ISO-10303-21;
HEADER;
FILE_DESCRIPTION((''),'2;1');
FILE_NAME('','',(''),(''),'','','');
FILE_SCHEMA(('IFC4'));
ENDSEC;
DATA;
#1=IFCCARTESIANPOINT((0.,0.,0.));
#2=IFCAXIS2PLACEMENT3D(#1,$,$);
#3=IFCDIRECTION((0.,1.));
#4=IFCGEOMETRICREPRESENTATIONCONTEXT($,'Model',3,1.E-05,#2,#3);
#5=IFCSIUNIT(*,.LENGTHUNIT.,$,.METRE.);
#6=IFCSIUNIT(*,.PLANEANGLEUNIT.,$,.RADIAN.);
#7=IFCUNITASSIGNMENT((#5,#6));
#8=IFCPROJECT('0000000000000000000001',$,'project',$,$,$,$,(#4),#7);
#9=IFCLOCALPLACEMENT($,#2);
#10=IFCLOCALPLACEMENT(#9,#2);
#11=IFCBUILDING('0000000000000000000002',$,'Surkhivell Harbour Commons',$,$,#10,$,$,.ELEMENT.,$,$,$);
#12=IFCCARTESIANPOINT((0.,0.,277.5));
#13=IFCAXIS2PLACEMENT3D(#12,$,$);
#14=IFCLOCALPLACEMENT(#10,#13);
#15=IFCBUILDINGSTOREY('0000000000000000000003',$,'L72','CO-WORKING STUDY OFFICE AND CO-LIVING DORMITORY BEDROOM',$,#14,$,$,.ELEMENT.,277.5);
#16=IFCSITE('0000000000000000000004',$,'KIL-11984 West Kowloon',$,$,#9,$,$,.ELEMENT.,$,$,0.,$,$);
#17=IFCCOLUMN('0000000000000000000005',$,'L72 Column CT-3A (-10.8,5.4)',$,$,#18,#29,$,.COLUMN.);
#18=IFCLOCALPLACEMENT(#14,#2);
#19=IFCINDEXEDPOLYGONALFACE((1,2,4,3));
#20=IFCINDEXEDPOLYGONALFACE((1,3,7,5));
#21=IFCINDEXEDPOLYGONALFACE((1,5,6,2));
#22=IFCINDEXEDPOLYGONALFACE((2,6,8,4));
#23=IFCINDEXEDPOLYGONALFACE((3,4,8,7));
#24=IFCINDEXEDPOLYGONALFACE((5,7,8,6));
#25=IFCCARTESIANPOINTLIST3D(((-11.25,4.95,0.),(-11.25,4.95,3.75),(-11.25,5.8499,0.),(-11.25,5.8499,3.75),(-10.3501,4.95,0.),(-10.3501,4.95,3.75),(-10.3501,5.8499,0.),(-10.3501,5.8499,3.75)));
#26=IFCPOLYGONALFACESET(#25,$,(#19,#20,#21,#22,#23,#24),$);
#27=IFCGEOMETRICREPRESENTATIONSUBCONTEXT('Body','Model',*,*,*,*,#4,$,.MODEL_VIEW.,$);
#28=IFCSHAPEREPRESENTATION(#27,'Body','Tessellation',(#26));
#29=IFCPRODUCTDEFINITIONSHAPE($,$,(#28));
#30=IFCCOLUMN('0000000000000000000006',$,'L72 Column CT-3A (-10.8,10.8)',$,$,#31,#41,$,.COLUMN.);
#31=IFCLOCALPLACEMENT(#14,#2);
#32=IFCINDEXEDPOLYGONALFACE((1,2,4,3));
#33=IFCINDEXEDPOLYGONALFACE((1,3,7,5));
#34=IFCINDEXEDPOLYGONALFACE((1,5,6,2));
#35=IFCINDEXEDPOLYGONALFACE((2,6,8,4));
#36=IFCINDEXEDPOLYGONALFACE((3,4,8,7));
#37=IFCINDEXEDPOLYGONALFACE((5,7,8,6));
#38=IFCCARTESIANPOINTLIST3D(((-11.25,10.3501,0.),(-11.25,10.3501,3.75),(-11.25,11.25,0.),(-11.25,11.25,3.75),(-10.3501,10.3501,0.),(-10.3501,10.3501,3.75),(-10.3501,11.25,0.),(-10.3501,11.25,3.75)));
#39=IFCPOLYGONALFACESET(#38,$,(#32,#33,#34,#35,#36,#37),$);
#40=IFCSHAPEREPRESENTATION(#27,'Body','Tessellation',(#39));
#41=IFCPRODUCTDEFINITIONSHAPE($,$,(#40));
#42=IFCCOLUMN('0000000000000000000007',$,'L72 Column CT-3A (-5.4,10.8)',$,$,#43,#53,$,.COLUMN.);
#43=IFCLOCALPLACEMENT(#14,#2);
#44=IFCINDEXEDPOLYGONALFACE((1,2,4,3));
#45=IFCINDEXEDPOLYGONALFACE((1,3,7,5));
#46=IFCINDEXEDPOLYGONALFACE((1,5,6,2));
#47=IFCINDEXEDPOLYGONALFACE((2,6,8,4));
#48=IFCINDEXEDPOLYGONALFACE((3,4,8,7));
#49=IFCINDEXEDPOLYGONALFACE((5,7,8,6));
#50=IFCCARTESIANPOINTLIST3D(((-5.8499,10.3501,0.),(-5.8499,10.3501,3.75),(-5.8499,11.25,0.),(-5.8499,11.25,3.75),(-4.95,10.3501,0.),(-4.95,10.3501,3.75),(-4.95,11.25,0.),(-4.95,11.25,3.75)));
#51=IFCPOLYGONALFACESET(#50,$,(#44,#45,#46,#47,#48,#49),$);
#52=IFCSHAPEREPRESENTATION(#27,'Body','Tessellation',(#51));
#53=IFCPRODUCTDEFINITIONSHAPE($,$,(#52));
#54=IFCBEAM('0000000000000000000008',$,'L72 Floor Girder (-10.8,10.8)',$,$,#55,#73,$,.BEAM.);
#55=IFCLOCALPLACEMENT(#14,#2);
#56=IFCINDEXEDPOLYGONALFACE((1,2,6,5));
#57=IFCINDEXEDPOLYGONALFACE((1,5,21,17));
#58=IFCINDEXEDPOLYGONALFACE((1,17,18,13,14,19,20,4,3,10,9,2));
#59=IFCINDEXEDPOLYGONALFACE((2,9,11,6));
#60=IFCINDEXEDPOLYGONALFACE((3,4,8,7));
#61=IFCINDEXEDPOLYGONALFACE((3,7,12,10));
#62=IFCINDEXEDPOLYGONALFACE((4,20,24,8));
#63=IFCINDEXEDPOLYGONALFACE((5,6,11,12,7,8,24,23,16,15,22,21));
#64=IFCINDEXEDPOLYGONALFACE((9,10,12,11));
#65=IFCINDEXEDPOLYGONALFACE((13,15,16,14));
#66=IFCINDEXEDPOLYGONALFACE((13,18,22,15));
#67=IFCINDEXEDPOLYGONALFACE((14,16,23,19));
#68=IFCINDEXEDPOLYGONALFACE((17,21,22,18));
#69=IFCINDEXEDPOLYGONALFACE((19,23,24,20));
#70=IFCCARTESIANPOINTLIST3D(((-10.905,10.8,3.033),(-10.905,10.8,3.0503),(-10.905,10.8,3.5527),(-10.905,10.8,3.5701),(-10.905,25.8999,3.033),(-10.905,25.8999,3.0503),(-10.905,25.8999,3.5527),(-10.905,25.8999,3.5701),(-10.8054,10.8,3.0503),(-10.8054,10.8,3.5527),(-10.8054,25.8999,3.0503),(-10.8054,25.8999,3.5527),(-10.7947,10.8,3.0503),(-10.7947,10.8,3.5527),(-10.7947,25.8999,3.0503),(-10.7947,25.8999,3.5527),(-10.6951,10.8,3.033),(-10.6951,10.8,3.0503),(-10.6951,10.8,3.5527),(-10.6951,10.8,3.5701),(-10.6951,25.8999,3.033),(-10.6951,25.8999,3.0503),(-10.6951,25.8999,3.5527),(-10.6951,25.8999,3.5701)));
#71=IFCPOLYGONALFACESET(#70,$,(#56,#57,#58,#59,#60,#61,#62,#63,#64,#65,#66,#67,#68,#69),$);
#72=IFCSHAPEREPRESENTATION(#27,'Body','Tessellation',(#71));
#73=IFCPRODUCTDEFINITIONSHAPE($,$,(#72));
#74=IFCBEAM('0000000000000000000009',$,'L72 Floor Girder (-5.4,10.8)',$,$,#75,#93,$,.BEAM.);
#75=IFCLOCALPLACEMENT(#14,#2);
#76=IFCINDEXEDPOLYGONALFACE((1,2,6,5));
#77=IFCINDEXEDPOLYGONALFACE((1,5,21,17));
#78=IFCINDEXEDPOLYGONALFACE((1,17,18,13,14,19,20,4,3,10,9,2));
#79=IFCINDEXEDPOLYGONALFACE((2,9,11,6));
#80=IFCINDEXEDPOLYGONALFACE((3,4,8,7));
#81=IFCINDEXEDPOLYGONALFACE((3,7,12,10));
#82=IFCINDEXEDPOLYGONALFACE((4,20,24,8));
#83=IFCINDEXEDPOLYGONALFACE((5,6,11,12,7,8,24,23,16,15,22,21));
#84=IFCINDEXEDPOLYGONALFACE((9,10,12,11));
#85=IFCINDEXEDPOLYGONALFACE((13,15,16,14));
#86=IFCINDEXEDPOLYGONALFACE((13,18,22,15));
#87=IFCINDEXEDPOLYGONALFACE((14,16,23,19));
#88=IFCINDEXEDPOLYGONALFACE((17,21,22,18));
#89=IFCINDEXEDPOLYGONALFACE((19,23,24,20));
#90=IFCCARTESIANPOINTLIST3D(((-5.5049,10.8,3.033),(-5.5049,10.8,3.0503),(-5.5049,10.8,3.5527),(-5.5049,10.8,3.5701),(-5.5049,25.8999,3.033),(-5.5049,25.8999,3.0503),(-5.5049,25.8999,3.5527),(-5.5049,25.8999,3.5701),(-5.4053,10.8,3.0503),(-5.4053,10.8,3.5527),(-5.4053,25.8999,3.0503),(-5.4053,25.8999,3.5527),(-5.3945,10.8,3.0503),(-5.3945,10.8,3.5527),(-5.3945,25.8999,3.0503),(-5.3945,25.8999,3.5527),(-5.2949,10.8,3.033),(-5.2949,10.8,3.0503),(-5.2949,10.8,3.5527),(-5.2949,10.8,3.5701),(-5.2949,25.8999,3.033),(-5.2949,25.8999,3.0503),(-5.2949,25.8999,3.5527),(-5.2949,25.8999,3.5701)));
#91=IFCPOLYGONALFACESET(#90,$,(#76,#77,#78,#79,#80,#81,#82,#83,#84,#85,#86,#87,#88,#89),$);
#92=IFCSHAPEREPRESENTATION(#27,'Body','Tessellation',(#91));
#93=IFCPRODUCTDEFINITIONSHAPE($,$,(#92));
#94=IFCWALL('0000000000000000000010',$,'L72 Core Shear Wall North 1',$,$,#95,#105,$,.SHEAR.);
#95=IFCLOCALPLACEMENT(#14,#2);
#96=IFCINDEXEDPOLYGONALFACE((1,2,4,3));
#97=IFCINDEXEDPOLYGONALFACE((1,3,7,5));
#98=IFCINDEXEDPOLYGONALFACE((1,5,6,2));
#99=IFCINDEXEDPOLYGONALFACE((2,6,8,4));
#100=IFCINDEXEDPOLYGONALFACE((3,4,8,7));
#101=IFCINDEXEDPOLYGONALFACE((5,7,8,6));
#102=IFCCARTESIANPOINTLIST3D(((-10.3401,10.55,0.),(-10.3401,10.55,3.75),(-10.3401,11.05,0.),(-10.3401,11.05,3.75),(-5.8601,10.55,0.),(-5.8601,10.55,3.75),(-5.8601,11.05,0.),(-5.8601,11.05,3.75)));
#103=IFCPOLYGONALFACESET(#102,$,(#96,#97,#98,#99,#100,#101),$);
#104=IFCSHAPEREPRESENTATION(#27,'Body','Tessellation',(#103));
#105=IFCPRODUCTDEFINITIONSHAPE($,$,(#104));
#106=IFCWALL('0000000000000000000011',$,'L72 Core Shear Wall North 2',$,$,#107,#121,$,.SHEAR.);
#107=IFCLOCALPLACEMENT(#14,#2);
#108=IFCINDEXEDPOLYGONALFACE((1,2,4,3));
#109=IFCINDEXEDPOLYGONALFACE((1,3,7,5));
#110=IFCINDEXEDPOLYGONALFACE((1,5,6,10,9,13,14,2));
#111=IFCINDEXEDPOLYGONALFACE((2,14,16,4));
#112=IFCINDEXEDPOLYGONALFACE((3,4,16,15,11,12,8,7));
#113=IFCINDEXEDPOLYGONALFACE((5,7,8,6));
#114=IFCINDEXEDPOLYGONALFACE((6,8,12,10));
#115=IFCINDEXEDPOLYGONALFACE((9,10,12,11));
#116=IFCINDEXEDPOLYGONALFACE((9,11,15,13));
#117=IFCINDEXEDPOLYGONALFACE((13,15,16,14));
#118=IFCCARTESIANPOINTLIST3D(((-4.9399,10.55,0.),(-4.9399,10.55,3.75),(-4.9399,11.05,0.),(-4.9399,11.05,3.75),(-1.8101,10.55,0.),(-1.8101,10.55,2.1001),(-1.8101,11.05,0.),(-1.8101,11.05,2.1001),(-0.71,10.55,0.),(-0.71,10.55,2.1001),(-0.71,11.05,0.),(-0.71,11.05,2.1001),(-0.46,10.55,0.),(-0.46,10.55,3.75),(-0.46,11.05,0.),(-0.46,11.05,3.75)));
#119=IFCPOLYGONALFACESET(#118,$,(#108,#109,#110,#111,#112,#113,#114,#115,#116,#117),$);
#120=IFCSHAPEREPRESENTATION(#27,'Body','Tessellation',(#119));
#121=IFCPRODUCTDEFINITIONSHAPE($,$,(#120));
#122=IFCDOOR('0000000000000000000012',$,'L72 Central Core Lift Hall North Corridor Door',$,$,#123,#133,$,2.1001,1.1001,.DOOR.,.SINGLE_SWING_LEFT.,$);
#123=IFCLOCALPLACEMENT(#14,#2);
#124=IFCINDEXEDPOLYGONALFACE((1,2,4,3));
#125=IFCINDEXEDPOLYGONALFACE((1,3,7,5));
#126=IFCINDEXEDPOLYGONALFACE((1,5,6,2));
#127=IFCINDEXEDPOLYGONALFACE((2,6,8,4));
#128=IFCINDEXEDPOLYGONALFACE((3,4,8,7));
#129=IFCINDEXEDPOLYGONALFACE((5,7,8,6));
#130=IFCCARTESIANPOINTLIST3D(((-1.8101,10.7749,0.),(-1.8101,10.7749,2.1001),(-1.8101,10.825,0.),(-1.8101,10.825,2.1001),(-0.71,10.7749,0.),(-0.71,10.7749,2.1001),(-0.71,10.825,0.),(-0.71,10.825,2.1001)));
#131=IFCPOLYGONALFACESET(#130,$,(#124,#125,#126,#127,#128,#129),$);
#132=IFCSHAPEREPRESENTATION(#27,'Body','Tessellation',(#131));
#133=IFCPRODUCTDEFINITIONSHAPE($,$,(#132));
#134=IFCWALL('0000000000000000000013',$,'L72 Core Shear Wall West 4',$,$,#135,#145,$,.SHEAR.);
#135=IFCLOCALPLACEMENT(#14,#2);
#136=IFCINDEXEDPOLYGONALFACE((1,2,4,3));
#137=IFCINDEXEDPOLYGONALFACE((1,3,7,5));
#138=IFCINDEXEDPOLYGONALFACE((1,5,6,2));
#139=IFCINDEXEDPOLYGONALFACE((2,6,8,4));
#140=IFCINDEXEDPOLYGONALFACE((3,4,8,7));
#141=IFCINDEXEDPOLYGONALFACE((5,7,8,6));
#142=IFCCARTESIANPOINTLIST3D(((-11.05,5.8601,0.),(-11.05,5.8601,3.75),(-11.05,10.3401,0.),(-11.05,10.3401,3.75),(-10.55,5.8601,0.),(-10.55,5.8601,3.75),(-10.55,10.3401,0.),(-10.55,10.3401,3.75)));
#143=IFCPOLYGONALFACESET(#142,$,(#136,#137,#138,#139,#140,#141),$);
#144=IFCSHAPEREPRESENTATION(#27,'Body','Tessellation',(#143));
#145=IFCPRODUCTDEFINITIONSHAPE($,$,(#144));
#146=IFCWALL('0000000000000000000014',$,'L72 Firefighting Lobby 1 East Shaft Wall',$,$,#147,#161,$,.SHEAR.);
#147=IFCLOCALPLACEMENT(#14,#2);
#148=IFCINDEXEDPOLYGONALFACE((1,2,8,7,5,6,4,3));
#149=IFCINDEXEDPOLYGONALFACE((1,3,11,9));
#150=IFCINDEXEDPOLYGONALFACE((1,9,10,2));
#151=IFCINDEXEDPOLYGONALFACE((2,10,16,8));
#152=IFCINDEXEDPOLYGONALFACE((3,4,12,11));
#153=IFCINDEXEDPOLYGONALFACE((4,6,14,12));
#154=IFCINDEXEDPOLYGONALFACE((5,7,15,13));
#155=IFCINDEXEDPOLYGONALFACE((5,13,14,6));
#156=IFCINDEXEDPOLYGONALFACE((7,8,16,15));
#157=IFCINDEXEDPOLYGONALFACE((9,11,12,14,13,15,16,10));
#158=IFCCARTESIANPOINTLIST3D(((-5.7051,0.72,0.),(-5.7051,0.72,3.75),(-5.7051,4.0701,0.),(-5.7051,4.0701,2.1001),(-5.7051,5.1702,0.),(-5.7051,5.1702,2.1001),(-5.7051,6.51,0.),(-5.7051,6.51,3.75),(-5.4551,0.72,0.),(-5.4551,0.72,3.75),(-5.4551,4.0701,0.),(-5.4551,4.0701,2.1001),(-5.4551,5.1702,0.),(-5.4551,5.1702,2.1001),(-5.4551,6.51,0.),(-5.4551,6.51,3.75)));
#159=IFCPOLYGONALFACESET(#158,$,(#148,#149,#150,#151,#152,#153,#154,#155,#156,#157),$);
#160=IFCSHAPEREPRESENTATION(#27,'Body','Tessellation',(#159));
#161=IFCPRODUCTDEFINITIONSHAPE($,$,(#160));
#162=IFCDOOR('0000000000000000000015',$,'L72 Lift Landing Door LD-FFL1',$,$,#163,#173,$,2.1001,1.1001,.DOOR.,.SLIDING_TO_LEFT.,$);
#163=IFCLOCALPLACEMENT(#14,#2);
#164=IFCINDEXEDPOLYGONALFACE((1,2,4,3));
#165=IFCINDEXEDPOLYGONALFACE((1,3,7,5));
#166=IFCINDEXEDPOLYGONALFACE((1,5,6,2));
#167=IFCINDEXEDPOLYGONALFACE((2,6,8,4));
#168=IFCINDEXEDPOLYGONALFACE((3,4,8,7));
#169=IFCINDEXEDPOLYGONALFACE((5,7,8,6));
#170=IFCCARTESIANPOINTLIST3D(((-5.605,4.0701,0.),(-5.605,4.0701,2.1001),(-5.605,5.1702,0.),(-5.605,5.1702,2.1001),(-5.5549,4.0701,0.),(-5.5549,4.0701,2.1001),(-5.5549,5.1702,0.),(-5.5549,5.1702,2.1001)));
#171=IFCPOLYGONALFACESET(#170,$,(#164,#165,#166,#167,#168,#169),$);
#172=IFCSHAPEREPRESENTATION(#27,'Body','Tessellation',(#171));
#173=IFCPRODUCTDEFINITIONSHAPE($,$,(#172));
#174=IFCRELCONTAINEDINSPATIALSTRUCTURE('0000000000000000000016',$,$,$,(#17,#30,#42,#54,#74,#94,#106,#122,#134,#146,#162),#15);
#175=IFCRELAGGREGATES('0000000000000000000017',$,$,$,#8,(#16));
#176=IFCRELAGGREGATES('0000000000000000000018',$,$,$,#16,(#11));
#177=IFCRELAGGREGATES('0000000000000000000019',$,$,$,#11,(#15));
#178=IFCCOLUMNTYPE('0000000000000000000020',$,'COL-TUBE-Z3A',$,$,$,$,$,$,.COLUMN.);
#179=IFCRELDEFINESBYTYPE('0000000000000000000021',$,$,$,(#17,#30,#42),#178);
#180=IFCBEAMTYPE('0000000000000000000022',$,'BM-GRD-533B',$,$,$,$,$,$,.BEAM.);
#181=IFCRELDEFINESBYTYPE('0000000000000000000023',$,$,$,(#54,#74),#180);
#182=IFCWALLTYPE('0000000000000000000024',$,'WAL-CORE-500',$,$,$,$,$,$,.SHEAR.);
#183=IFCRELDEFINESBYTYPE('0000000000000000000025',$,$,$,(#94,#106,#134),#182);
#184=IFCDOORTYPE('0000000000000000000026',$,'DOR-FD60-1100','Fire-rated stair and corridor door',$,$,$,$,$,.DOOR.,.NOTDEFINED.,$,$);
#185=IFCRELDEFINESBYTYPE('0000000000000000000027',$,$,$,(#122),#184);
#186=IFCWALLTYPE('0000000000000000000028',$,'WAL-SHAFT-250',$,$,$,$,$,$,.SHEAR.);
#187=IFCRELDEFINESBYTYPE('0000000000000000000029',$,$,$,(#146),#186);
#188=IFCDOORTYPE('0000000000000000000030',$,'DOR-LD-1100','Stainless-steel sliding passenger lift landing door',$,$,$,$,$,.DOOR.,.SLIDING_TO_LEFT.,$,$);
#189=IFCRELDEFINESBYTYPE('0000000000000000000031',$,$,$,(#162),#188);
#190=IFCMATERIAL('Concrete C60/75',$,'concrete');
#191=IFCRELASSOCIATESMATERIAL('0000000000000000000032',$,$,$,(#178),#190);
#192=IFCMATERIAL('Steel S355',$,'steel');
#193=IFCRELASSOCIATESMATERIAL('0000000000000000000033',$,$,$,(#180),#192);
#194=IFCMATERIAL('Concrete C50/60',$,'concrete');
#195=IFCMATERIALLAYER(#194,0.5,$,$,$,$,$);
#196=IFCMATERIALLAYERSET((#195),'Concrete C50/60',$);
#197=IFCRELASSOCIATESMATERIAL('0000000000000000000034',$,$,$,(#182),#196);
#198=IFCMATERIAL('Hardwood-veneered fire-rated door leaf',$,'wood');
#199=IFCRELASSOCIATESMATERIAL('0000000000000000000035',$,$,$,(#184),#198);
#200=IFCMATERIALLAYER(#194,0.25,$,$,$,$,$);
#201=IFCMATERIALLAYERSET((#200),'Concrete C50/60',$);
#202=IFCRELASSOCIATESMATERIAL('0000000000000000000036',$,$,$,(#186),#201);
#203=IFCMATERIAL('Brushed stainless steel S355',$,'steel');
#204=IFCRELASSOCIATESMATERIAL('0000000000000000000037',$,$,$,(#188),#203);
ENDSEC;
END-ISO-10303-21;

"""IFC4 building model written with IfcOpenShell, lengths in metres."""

from ifc_helpers import new_model, si_unit, direction, frame, frame_2d, origin, origin_2d, place, context, subcontext, project, spatial, rectangle, i_section, extrude, material, layer, layer_set, material_profile, profile_set, type_object, element, fill, save


model = new_model("IFC4")

# Units and contexts
model_context = context("Model", 3, precision=1e-05, world=origin(), true_north=direction((0.0, 1.0)))
body_context = subcontext(model_context, "Body", "Model", "MODEL_VIEW")
ifc_project = project(units=[si_unit("LENGTHUNIT", "METRE"), si_unit("PLANEANGLEUNIT", "RADIAN")], contexts=[model_context])

# Site, building, storey
site_placement = place(None, origin())
site = spatial("IfcSite", under=ifc_project, at=site_placement, Name="KIL-11984 West Kowloon", CompositionType="ELEMENT", RefElevation=0.0)
building_placement = place(site_placement, origin())
building = spatial("IfcBuilding", under=site, at=building_placement, Name="Surkhivell Harbour Commons", CompositionType="ELEMENT")
storey_placement = place(building_placement, frame((0.0, 0.0, 277.5)))
storey = spatial("IfcBuildingStorey", under=building, at=storey_placement, Name="L72", Description="CO-WORKING STUDY OFFICE AND CO-LIVING DORMITORY BEDROOM", CompositionType="ELEMENT", Elevation=277.5)

# Columns
ifc_material_1 = material(Name="Concrete C60/75", Category="concrete")
ifc_material_profile_1 = material_profile(ifc_material_1, rectangle(XDim=0.8999, YDim=0.8999, at=origin_2d()), Name="RC-COL-900x900")
ifc_profile_set_1 = profile_set([ifc_material_profile_1], Name="Concrete C60/75")
column_type = type_object("IfcColumnType", Name="COL-TUBE-Z3A", PredefinedType="COLUMN", material=ifc_profile_set_1)
for number, where, z_axis, x_axis, name in (
    (1, (-10.8, 5.3999, 0.0), (0.0, 0.0, 1.0), (1.0, 0.0, 0.0), "L72 Column CT-3A (-10.8,5.4)"),
    (2, (-10.8, 10.8, 0.0), (0.0, 0.0, 1.0), (1.0, 0.0, 0.0), "L72 Column CT-3A (-10.8,10.8)"),
    (3, (-5.3999, 10.8, 0.0), (0.0, 0.0, 1.0), (1.0, 0.0, 0.0), "L72 Column CT-3A (-5.4,10.8)"),
):
    element("IfcColumn", number, at=place(storey_placement, frame(where, z_axis=z_axis, x_axis=x_axis)), inside=storey, type_object=column_type, Name=name, PredefinedType="COLUMN", context=body_context, shape_type="SweptSolid", body=[
        extrude(rectangle(XDim=0.8999, YDim=0.8999, at=origin_2d()), origin(), (0.0, 0.0, 1.0), 3.75),
    ])

# Beams
ifc_material_2 = material(Name="Steel S355", Category="steel")
ifc_material_profile_2 = material_profile(ifc_material_2, i_section(OverallWidth=0.21, OverallDepth=0.5371, WebThickness=0.0107, FlangeThickness=0.0173, at=origin_2d()), Name="UB533x210x101")
ifc_profile_set_2 = profile_set([ifc_material_profile_2], Name="Steel S355")
beam_type = type_object("IfcBeamType", Name="BM-GRD-533B", PredefinedType="BEAM", material=ifc_profile_set_2)
for number, where, z_axis, x_axis, name in (
    (4, (-10.8, 10.8, 3.3015), (0.0, 1.0, 0.0), (-1.0, 0.0, 0.0), "L72 Floor Girder (-10.8,10.8)"),
    (5, (-5.3999, 10.8, 3.3015), (0.0, 1.0, 0.0), (-1.0, 0.0, 0.0), "L72 Floor Girder (-5.4,10.8)"),
):
    element("IfcBeam", number, at=place(storey_placement, frame(where, z_axis=z_axis, x_axis=x_axis)), inside=storey, type_object=beam_type, Name=name, PredefinedType="BEAM", context=body_context, shape_type="SweptSolid", body=[
        extrude(i_section(OverallWidth=0.21, OverallDepth=0.5371, WebThickness=0.0107, FlangeThickness=0.0173, at=origin_2d()), origin(), (0.0, 0.0, 1.0), 15.0999),
    ])

# Wall
ifc_material_3 = material(Name="Concrete C50/60", Category="concrete")
ifc_layer_1 = layer(ifc_material_3, 0.5)
ifc_layer_set_1 = layer_set([ifc_layer_1], Name="Concrete C50/60")
wall_type_1 = type_object("IfcWallType", Name="WAL-CORE-500", PredefinedType="SHEAR", material=ifc_layer_set_1)
wall_1_placement = place(storey_placement, frame((-10.3401, 10.8, 0.0), z_axis=(0.0, 0.0, 1.0), x_axis=(1.0, 0.0, 0.0)))
element("IfcWall", 6, at=wall_1_placement, inside=storey, type_object=wall_type_1, Name="L72 Core Shear Wall North 1", PredefinedType="SHEAR", context=body_context, shape_type="SweptSolid", body=[
    extrude(rectangle(XDim=4.48, YDim=0.5, at=frame_2d((2.24, 0.0))), origin(), (0.0, 0.0, 1.0), 3.75),
])

# Wall, opening, door
wall_2_placement = place(storey_placement, frame((-4.9399, 10.8, 0.0), z_axis=(0.0, 0.0, 1.0), x_axis=(1.0, 0.0, 0.0)))
wall_2 = element("IfcWall", 7, at=wall_2_placement, inside=storey, type_object=wall_type_1, Name="L72 Core Shear Wall North 2", PredefinedType="SHEAR", context=body_context, shape_type="SweptSolid", body=[
    extrude(rectangle(XDim=4.48, YDim=0.5, at=frame_2d((2.24, 0.0))), origin(), (0.0, 0.0, 1.0), 3.75),
])
opening_1_placement = place(wall_2_placement, frame((3.1299, 0.0, 0.0)))
opening_1 = element("IfcOpeningElement", 8, at=opening_1_placement, cuts=wall_2, PredefinedType="OPENING", context=body_context, shape_type="SweptSolid", body=[
    extrude(rectangle(XDim=1.1001, YDim=2.1001, at=frame_2d((0.55, 1.05))), frame((0.0, 0.26, 0.0), z_axis=(0.0, -1.0, 0.0), x_axis=(1.0, 0.0, 0.0)), (0.0, 0.0, 1.0), 0.52),
])
ifc_material_4 = material(Name="Hardwood-veneered fire-rated door leaf", Category="wood")
door_type_1 = type_object("IfcDoorType", Name="DOR-FD60-1100", Description="Fire-rated stair and corridor door", OperationType="NOTDEFINED", PredefinedType="DOOR", material=ifc_material_4)
door_1_placement = place(opening_1_placement, origin())
door_1 = element("IfcDoor", 9, at=door_1_placement, inside=storey, type_object=door_type_1, Name="L72 Central Core Lift Hall North Corridor Door", OperationType="SINGLE_SWING_LEFT", OverallHeight=2.1001, OverallWidth=1.1001, PredefinedType="DOOR", context=body_context, shape_type="SweptSolid", body=[
    extrude(rectangle(XDim=1.1001, YDim=2.1001, at=frame_2d((0.55, 1.05))), frame((0.0, 0.0249, 0.0), z_axis=(0.0, -1.0, 0.0), x_axis=(1.0, 0.0, 0.0)), (0.0, 0.0, 1.0), 0.05),
])
fill(opening_1, door_1)

# Wall
wall_3_placement = place(storey_placement, frame((-10.8, 5.8601, 0.0), z_axis=(0.0, 0.0, 1.0), x_axis=(0.0, 1.0, 0.0)))
element("IfcWall", 10, at=wall_3_placement, inside=storey, type_object=wall_type_1, Name="L72 Core Shear Wall West 4", PredefinedType="SHEAR", context=body_context, shape_type="SweptSolid", body=[
    extrude(rectangle(XDim=4.48, YDim=0.5, at=frame_2d((2.24, 0.0))), origin(), (0.0, 0.0, 1.0), 3.75),
])

# Wall, opening, door
ifc_layer_2 = layer(ifc_material_3, 0.25)
ifc_layer_set_2 = layer_set([ifc_layer_2], Name="Concrete C50/60")
wall_type_2 = type_object("IfcWallType", Name="WAL-SHAFT-250", PredefinedType="SHEAR", material=ifc_layer_set_2)
wall_4_placement = place(storey_placement, frame((-5.5801, 0.72, 0.0), z_axis=(0.0, 0.0, 1.0), x_axis=(0.0, 1.0, 0.0)))
wall_4 = element("IfcWall", 11, at=wall_4_placement, inside=storey, type_object=wall_type_2, Name="L72 Firefighting Lobby 1 East Shaft Wall", PredefinedType="SHEAR", context=body_context, shape_type="SweptSolid", body=[
    extrude(rectangle(XDim=5.79, YDim=0.25, at=frame_2d((2.895, 0.0))), origin(), (0.0, 0.0, 1.0), 3.75),
])
opening_2_placement = place(wall_4_placement, frame((3.3501, 0.0, 0.0)))
opening_2 = element("IfcOpeningElement", 12, at=opening_2_placement, cuts=wall_4, PredefinedType="OPENING", context=body_context, shape_type="SweptSolid", body=[
    extrude(rectangle(XDim=1.1001, YDim=2.1001, at=frame_2d((0.55, 1.05))), frame((0.0, 0.135, 0.0), z_axis=(0.0, -1.0, 0.0), x_axis=(1.0, 0.0, 0.0)), (0.0, 0.0, 1.0), 0.27),
])
ifc_material_5 = material(Name="Brushed stainless steel S355", Category="steel")
door_type_2 = type_object("IfcDoorType", Name="DOR-LD-1100", Description="Stainless-steel sliding passenger lift landing door", OperationType="SLIDING_TO_LEFT", PredefinedType="DOOR", material=ifc_material_5)
door_2_placement = place(opening_2_placement, origin())
door_2 = element("IfcDoor", 13, at=door_2_placement, inside=storey, type_object=door_type_2, Name="L72 Lift Landing Door LD-FFL1", OperationType="SLIDING_TO_LEFT", OverallHeight=2.1001, OverallWidth=1.1001, PredefinedType="DOOR", context=body_context, shape_type="SweptSolid", body=[
    extrude(rectangle(XDim=1.1001, YDim=2.1001, at=frame_2d((0.55, 1.05))), frame((0.0, 0.0249, 0.0), z_axis=(0.0, -1.0, 0.0), x_axis=(1.0, 0.0, 0.0)), (0.0, 0.0, 1.0), 0.05),
])
fill(opening_2, door_2)

save(model, "model.ifc")
